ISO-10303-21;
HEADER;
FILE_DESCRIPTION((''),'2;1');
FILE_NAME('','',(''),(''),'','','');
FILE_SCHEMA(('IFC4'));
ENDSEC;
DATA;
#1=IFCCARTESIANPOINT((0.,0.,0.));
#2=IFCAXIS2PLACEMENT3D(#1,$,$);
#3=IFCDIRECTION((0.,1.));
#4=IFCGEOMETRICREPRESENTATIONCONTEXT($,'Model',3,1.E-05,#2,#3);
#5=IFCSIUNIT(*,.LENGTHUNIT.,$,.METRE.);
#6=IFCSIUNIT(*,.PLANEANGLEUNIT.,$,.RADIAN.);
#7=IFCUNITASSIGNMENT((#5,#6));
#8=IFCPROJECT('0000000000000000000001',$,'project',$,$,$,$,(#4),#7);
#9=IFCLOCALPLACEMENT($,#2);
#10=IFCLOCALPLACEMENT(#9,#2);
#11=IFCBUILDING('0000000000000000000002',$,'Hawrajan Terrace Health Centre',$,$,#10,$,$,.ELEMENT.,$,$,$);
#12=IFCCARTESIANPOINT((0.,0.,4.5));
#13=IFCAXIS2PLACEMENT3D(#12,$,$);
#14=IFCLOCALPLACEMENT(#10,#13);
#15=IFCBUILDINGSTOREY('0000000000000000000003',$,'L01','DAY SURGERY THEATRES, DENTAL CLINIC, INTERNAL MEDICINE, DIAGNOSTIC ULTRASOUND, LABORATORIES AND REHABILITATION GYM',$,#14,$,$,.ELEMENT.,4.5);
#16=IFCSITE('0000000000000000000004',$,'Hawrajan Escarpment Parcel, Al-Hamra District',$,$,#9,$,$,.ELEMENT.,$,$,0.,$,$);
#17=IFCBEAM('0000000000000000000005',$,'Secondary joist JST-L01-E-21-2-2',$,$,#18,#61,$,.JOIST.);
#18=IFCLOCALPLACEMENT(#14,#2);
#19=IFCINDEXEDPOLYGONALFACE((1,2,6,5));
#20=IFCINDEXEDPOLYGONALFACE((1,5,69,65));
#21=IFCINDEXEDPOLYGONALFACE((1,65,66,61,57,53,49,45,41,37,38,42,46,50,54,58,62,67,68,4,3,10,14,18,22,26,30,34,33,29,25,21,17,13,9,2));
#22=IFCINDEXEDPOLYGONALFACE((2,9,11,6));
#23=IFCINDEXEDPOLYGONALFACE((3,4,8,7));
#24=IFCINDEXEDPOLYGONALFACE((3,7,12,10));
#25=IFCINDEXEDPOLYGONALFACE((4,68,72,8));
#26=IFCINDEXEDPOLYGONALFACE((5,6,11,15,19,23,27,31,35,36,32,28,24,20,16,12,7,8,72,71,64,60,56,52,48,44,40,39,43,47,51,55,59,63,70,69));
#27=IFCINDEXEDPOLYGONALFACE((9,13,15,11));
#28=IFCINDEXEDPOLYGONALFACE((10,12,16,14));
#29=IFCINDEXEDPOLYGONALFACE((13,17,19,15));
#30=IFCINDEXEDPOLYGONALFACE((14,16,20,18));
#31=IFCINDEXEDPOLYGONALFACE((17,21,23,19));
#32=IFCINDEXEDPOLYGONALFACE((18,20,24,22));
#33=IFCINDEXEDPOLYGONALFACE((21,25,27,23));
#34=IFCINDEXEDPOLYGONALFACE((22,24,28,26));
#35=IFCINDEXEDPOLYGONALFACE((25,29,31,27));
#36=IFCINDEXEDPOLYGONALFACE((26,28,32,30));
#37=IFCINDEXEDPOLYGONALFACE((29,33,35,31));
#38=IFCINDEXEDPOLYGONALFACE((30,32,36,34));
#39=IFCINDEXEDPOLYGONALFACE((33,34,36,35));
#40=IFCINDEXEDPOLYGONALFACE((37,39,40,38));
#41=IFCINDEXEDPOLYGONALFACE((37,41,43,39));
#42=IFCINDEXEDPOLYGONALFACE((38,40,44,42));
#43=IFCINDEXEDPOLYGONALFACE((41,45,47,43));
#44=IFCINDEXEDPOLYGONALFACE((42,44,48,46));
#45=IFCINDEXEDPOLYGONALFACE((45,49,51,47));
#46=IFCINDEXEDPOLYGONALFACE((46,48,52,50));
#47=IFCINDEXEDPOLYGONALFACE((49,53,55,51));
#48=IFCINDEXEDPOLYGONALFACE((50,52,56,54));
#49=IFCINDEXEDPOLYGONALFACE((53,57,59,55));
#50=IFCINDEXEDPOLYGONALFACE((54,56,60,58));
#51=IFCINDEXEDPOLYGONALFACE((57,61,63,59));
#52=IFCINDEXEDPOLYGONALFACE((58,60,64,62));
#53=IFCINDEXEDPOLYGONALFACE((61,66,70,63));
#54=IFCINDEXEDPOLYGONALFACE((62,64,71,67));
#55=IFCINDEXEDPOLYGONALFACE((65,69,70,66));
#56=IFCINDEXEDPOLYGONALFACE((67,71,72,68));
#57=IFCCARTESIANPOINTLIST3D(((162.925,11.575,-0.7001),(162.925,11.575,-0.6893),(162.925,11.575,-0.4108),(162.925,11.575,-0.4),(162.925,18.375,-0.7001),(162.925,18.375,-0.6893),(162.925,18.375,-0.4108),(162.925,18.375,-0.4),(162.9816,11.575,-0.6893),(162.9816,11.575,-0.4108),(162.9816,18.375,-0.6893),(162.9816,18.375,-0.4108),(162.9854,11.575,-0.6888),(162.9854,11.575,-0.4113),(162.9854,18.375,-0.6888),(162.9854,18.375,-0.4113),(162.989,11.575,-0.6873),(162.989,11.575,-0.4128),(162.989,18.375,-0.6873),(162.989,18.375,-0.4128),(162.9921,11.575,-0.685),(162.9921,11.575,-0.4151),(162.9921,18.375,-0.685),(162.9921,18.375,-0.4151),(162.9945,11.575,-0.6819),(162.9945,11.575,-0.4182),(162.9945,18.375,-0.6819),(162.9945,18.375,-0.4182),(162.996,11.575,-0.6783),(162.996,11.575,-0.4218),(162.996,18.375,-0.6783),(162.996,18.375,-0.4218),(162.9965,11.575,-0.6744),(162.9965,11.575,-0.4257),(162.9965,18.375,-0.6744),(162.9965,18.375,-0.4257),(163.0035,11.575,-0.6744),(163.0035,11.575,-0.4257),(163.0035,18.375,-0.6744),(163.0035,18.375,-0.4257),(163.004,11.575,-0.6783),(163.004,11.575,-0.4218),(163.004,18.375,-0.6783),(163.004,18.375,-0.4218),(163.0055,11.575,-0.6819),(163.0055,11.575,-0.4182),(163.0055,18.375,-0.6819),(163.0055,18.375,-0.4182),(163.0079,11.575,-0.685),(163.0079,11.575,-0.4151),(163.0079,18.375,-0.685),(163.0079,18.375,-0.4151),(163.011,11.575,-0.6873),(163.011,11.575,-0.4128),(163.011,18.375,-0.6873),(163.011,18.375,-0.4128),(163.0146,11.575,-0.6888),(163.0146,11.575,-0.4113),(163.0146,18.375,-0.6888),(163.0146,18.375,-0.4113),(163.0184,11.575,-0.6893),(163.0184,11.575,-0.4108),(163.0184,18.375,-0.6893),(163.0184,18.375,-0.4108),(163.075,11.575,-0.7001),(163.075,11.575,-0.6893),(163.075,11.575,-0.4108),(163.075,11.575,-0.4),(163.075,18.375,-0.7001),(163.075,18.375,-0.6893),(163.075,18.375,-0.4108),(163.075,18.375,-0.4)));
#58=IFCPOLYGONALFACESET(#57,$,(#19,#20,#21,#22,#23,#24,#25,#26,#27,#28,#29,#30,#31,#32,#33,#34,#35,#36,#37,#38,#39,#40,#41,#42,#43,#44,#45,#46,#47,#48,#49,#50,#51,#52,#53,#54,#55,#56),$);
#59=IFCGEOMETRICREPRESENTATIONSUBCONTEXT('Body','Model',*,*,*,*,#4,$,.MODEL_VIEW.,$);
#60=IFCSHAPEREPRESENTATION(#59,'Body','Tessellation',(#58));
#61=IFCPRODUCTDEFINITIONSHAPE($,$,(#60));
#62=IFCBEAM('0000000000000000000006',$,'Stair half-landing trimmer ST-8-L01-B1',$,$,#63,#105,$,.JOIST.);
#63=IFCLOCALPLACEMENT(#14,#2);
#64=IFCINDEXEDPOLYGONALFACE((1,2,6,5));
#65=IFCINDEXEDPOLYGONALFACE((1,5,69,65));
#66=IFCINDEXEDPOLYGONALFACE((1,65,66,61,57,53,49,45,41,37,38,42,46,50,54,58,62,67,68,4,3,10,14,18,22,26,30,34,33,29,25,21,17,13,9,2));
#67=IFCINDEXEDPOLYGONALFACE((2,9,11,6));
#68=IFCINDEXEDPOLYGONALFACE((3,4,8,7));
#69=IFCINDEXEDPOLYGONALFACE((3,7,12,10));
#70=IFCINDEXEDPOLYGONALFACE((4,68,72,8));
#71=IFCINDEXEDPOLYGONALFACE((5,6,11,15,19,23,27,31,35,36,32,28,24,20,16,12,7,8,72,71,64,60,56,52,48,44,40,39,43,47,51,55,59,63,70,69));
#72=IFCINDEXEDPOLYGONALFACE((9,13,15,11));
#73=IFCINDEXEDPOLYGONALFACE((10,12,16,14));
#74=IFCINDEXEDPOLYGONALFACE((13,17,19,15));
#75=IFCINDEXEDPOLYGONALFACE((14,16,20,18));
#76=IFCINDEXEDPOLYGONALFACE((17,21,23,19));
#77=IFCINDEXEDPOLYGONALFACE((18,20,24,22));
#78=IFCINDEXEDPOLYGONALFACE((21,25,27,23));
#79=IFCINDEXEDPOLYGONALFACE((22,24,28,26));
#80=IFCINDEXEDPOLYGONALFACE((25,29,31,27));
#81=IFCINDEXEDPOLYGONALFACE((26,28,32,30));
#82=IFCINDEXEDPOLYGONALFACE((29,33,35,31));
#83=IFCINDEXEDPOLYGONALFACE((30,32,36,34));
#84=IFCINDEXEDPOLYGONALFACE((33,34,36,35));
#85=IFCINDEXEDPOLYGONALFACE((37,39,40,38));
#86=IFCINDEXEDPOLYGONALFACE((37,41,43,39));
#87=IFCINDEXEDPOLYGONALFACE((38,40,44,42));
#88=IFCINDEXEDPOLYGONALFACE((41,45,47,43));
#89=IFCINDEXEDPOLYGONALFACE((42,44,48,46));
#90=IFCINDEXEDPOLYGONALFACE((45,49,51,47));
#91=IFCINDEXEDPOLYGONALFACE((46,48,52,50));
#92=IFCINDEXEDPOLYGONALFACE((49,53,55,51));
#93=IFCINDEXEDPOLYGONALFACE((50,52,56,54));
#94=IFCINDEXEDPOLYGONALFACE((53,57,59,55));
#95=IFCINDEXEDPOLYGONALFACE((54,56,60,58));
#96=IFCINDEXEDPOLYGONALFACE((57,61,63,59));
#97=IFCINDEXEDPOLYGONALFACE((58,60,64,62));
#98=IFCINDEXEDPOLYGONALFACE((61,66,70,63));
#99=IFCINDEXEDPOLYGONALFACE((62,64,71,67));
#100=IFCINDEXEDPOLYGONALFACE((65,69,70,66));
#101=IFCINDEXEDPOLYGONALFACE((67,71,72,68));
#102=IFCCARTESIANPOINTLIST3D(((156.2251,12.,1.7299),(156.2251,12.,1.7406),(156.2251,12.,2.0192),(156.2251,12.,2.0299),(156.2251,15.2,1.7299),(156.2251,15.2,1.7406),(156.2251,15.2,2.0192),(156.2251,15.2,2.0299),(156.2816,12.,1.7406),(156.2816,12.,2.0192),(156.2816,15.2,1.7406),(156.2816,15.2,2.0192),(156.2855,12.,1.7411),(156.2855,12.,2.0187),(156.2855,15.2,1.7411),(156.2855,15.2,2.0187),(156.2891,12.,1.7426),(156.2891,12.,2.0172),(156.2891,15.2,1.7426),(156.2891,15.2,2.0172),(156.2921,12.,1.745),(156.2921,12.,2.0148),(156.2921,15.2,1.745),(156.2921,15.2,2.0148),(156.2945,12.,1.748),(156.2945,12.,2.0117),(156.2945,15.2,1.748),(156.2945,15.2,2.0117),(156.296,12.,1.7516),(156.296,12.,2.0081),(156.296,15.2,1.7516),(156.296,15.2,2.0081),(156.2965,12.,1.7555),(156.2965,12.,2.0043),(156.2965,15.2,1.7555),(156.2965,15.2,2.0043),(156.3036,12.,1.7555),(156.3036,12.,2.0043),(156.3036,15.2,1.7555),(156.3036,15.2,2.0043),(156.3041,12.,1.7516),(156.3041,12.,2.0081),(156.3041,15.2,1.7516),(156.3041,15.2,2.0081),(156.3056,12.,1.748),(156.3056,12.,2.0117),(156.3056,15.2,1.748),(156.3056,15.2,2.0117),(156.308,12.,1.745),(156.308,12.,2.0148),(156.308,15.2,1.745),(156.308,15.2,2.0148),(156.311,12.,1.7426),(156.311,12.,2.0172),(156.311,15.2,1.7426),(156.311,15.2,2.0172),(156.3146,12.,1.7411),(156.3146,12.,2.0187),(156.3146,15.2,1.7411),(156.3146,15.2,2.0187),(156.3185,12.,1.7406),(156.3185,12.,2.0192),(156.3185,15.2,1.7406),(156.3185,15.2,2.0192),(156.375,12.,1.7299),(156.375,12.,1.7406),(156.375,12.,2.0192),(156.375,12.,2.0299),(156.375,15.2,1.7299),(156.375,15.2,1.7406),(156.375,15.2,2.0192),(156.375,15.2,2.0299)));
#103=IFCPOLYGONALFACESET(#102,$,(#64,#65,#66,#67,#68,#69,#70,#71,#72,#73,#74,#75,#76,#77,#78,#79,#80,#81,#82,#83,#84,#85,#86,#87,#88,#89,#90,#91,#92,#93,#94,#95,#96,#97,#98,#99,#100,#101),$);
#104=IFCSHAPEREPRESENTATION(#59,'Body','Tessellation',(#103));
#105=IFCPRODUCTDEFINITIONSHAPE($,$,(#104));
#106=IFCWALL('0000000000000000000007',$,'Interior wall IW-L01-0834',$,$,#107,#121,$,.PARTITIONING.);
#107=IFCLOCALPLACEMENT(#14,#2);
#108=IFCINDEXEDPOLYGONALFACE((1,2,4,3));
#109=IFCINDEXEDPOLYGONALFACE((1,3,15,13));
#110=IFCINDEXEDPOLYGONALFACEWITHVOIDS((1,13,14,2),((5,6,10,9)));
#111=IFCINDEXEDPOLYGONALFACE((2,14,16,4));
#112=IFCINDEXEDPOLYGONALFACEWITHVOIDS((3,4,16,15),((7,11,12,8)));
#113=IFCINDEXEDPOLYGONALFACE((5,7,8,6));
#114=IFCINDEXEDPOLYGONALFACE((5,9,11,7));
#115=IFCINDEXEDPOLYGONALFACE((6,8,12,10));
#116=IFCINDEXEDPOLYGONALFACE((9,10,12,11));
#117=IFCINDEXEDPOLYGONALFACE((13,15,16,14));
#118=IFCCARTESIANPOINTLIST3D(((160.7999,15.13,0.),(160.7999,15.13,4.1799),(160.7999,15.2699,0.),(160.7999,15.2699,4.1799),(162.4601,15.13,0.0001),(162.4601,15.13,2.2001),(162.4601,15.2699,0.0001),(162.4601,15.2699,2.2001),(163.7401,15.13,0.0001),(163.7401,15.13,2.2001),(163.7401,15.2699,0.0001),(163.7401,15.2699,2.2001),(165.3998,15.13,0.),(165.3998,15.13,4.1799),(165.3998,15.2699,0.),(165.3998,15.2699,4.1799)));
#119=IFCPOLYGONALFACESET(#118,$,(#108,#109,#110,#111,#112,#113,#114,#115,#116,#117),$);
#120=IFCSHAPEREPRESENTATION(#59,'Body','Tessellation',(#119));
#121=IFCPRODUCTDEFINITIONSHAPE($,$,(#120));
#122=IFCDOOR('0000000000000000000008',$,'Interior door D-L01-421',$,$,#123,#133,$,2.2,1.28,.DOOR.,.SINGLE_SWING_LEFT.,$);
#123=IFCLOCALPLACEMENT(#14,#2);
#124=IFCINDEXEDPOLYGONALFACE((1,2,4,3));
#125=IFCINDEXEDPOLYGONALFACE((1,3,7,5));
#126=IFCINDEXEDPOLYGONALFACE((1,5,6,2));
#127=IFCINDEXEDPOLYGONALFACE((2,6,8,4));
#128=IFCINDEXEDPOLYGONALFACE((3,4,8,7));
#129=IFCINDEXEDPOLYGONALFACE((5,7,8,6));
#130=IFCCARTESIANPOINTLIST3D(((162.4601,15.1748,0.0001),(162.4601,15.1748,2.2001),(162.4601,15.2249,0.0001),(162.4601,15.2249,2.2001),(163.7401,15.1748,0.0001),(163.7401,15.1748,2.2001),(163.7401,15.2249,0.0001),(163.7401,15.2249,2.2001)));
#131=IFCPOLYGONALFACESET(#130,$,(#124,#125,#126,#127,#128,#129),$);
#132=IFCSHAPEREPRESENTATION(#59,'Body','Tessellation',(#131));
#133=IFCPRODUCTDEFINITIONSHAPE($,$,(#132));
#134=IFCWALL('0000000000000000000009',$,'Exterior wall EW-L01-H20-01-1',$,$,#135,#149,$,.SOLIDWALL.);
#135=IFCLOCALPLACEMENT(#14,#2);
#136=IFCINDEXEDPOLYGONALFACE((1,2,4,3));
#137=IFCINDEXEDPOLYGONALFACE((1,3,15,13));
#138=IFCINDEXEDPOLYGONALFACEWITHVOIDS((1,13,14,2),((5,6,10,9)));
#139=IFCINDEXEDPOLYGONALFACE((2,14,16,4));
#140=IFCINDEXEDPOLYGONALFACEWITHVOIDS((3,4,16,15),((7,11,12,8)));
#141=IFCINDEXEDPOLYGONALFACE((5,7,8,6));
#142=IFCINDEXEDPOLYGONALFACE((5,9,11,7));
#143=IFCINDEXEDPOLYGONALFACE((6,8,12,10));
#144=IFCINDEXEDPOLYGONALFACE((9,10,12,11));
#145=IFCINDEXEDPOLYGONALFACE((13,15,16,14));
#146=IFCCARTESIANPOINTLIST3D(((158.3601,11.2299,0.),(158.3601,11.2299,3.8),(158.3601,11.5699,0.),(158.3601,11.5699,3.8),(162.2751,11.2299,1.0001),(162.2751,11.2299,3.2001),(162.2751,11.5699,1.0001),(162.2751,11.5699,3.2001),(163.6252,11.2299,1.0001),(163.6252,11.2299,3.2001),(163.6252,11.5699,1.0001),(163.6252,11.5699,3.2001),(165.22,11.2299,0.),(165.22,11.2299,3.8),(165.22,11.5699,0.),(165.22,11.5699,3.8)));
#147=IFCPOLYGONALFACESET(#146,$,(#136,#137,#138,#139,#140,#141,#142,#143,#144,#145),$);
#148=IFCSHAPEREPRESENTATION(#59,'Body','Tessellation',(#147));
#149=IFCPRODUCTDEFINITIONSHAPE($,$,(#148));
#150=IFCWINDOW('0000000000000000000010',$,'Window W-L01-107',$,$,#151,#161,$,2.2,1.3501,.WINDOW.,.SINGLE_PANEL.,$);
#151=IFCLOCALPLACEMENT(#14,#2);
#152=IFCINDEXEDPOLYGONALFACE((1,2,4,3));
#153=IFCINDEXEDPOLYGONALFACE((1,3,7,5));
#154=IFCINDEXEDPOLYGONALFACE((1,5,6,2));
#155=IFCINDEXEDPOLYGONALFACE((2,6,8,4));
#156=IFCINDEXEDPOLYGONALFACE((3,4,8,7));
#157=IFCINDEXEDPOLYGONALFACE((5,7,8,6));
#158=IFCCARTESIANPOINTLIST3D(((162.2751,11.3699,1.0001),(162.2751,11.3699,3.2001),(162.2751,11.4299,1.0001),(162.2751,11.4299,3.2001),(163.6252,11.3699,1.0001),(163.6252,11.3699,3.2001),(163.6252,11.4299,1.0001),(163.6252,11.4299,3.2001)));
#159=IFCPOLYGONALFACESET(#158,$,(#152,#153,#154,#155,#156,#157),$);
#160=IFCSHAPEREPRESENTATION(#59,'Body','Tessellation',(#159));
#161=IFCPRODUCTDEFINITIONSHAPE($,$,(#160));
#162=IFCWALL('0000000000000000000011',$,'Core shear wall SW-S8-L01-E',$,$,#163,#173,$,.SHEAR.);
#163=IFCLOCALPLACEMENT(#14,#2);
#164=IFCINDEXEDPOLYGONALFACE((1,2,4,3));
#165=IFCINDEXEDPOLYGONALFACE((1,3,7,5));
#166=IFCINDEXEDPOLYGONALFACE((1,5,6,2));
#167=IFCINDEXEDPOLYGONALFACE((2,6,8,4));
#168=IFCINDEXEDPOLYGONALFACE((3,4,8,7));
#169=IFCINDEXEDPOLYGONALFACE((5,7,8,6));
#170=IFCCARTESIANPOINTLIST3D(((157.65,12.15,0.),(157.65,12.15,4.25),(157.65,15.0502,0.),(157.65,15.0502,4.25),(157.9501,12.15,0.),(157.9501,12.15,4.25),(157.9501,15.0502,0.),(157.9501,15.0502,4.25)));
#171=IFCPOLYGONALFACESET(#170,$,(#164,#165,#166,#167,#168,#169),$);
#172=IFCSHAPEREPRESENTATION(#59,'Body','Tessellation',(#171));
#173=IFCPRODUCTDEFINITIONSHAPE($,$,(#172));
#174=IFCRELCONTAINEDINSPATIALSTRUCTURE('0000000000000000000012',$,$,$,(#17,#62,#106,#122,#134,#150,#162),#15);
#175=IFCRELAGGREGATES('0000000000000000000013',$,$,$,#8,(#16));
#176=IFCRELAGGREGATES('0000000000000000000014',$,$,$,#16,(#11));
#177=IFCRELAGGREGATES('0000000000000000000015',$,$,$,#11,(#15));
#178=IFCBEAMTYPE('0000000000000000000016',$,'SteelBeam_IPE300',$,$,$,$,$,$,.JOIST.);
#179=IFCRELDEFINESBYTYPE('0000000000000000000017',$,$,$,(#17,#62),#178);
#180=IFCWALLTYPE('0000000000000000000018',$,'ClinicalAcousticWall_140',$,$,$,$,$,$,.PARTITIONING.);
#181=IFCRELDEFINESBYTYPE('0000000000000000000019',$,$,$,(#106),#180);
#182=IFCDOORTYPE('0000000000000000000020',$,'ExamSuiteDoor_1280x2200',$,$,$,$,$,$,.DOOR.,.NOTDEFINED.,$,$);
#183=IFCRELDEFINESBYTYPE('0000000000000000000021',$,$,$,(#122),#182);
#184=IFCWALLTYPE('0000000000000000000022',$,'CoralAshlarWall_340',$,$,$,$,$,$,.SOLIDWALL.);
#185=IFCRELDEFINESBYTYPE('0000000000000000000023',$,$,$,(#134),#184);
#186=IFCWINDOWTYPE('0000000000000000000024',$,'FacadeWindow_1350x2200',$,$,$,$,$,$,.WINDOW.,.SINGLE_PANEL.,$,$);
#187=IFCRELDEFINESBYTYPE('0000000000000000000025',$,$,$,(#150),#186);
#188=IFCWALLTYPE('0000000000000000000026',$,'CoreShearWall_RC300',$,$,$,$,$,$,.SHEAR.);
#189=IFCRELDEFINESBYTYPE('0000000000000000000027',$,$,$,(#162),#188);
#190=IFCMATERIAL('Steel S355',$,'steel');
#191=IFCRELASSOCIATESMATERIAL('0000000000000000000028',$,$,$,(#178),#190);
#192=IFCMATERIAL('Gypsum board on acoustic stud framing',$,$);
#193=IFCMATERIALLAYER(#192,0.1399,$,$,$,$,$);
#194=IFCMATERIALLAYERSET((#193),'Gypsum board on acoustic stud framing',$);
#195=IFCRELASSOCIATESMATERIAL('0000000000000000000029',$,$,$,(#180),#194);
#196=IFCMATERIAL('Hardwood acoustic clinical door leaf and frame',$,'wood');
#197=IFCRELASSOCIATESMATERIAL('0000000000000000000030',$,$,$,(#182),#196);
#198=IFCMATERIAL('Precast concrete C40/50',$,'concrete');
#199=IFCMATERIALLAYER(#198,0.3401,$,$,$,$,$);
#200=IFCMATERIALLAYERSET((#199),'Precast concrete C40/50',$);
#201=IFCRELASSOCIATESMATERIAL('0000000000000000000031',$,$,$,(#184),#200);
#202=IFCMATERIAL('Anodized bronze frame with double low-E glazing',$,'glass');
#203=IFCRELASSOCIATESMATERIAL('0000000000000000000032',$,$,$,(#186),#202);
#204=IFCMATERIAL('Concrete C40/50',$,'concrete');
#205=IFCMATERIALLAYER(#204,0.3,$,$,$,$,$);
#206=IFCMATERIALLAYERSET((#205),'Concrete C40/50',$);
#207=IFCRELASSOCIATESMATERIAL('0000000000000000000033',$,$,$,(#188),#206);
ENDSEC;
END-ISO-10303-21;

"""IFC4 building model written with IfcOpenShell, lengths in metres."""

from ifc_helpers import new_model, si_unit, direction, frame, frame_2d, origin, origin_2d, place, context, subcontext, project, spatial, rectangle, i_section, extrude, material, layer, layer_set, material_profile, profile_set, type_object, element, fill, save


model = new_model("IFC4")

# Units and contexts
model_context = context("Model", 3, precision=1e-05, world=origin(), true_north=direction((0.0, 1.0)))
body_context = subcontext(model_context, "Body", "Model", "MODEL_VIEW")
ifc_project = project(units=[si_unit("LENGTHUNIT", "METRE"), si_unit("PLANEANGLEUNIT", "RADIAN")], contexts=[model_context])

# Site, building, storey
site_placement = place(None, origin())
site = spatial("IfcSite", under=ifc_project, at=site_placement, Name="Hawrajan Escarpment Parcel, Al-Hamra District", CompositionType="ELEMENT", RefElevation=0.0)
building_placement = place(site_placement, origin())
building = spatial("IfcBuilding", under=site, at=building_placement, Name="Hawrajan Terrace Health Centre", CompositionType="ELEMENT")
storey_placement = place(building_placement, frame((0.0, 0.0, 4.5)))
storey = spatial("IfcBuildingStorey", under=building, at=storey_placement, Name="L01", Description="DAY SURGERY THEATRES, DENTAL CLINIC, INTERNAL MEDICINE, DIAGNOSTIC ULTRASOUND, LABORATORIES AND REHABILITATION GYM", CompositionType="ELEMENT", Elevation=4.5)

# Beams
ifc_material_1 = material(Name="Concrete C40/50", Category="concrete")
ifc_material_2 = material(Name="Steel S355", Category="steel")
ifc_material_profile_1 = material_profile(ifc_material_2, i_section(OverallWidth=0.1499, OverallDepth=0.3, WebThickness=0.0071, FlangeThickness=0.0107, FilletRadius=0.0149, at=origin_2d()), Name="IPE 300")
ifc_profile_set_1 = profile_set([ifc_material_profile_1], Name="Steel S355")
beam_type_1 = type_object("IfcBeamType", Name="SteelBeam_IPE300", PredefinedType="JOIST", material=ifc_profile_set_1)
for number, where, z_axis, x_axis, name in (
    (1, (163.0, 11.575, -0.55), (0.0, 1.0, 0.0), (-1.0, 0.0, 0.0), "Secondary joist JST-L01-E-21-2-2"),
):
    element("IfcBeam", number, at=place(storey_placement, frame(where, z_axis=z_axis, x_axis=x_axis)), inside=storey, type_object=beam_type_1, Name=name, PredefinedType="JOIST", context=body_context, shape_type="SweptSolid", body=[
        extrude(i_section(OverallWidth=0.1499, OverallDepth=0.3, WebThickness=0.0071, FlangeThickness=0.0107, FilletRadius=0.0149, at=origin_2d()), origin(), (0.0, 0.0, 1.0), 6.8),
    ])
beam_1_placement = place(storey_placement, frame((156.3, 12.0, 1.8799), z_axis=(0.0, 1.0, 0.0), x_axis=(-1.0, 0.0, 0.0)))
element("IfcBeam", 2, at=beam_1_placement, inside=storey, type_object=beam_type_1, Name="Stair half-landing trimmer ST-8-L01-B1", PredefinedType="JOIST", context=body_context, shape_type="SweptSolid", body=[
    extrude(i_section(OverallWidth=0.1499, OverallDepth=0.3, WebThickness=0.0071, FlangeThickness=0.0107, FilletRadius=0.0149, at=origin_2d()), origin(), (0.0, 0.0, 1.0), 3.2),
])

# Wall, opening, door
ifc_material_3 = material(Name="Gypsum board on acoustic stud framing")
ifc_layer_1 = layer(ifc_material_3, 0.1399)
ifc_layer_set_1 = layer_set([ifc_layer_1], Name="Gypsum board on acoustic stud framing")
wall_type_1 = type_object("IfcWallType", Name="ClinicalAcousticWall_140", PredefinedType="PARTITIONING", material=ifc_layer_set_1)
ifc_material_4 = material(Name="Hardwood acoustic clinical door leaf and frame", Category="wood")
wall_1_placement = place(storey_placement, frame((160.8, 15.2, 0.0), z_axis=(0.0, 0.0, 1.0), x_axis=(1.0, 0.0, 0.0)))
wall_1 = element("IfcWall", 3, at=wall_1_placement, inside=storey, type_object=wall_type_1, Name="Interior wall IW-L01-0834", PredefinedType="PARTITIONING", context=body_context, shape_type="SweptSolid", body=[
    extrude(rectangle(XDim=4.5999, YDim=0.1399, at=frame_2d((2.2998, 0.0))), origin(), (0.0, 0.0, 1.0), 4.1799),
])
opening_1_placement = place(wall_1_placement, frame((1.6599, 0.0, 0.0)))
opening_1 = element("IfcOpeningElement", 4, at=opening_1_placement, cuts=wall_1, PredefinedType="OPENING", context=body_context, shape_type="SweptSolid", body=[
    extrude(rectangle(XDim=1.28, YDim=2.2, at=frame_2d((0.6401, 1.1001))), frame((0.0, 0.0798, 0.0), z_axis=(0.0, -1.0, 0.0), x_axis=(1.0, 0.0, 0.0)), (0.0, 0.0, 1.0), 0.1599),
])
door_type_1 = type_object("IfcDoorType", Name="ExamSuiteDoor_1280x2200", OperationType="NOTDEFINED", PredefinedType="DOOR", material=ifc_material_4)
door_1_placement = place(opening_1_placement, origin())
door_1 = element("IfcDoor", 5, at=door_1_placement, inside=storey, type_object=door_type_1, Name="Interior door D-L01-421", OperationType="SINGLE_SWING_LEFT", OverallHeight=2.2, OverallWidth=1.28, PredefinedType="DOOR", context=body_context, shape_type="SweptSolid", body=[
    extrude(rectangle(XDim=1.28, YDim=2.2, at=frame_2d((0.6401, 1.1001))), frame((0.0, 0.0249, 0.0), z_axis=(0.0, -1.0, 0.0), x_axis=(1.0, 0.0, 0.0)), (0.0, 0.0, 1.0), 0.05),
])
fill(opening_1, door_1)

# Wall, opening, window
ifc_material_5 = material(Name="Precast concrete C40/50", Category="concrete")
ifc_layer_2 = layer(ifc_material_5, 0.3401)
ifc_layer_set_2 = layer_set([ifc_layer_2], Name="Precast concrete C40/50")
wall_type_2 = type_object("IfcWallType", Name="CoralAshlarWall_340", PredefinedType="SOLIDWALL", material=ifc_layer_set_2)
wall_2_placement = place(storey_placement, frame((158.3601, 11.3999, 0.0), z_axis=(0.0, 0.0, 1.0), x_axis=(1.0, 0.0, 0.0)))
wall_2 = element("IfcWall", 6, at=wall_2_placement, inside=storey, type_object=wall_type_2, Name="Exterior wall EW-L01-H20-01-1", PredefinedType="SOLIDWALL", context=body_context, shape_type="SweptSolid", body=[
    extrude(rectangle(XDim=6.8599, YDim=0.3401, at=frame_2d((3.4299, 0.0))), origin(), (0.0, 0.0, 1.0), 3.8),
])
opening_2_placement = place(wall_2_placement, frame((3.915, 0.0, 1.0)))
opening_2 = element("IfcOpeningElement", 7, at=opening_2_placement, cuts=wall_2, PredefinedType="OPENING", context=body_context, shape_type="SweptSolid", body=[
    extrude(rectangle(XDim=1.3501, YDim=2.2, at=frame_2d((0.675, 1.1001))), frame((0.0, 0.1799, 0.0), z_axis=(0.0, -1.0, 0.0), x_axis=(1.0, 0.0, 0.0)), (0.0, 0.0, 1.0), 0.3601),
])
ifc_material_6 = material(Name="Anodized bronze frame with double low-E glazing", Category="glass")
window_type = type_object("IfcWindowType", Name="FacadeWindow_1350x2200", PartitioningType="SINGLE_PANEL", PredefinedType="WINDOW", material=ifc_material_6)
window_placement = place(opening_2_placement, origin())
window = element("IfcWindow", 8, at=window_placement, inside=storey, type_object=window_type, Name="Window W-L01-107", OverallHeight=2.2, OverallWidth=1.3501, PartitioningType="SINGLE_PANEL", PredefinedType="WINDOW", context=body_context, shape_type="SweptSolid", body=[
    extrude(rectangle(XDim=1.3501, YDim=2.2, at=frame_2d((0.675, 1.1001))), frame((0.0, 0.03, 0.0), z_axis=(0.0, -1.0, 0.0), x_axis=(1.0, 0.0, 0.0)), (0.0, 0.0, 1.0), 0.0601),
])
fill(opening_2, window)

# Wall
ifc_layer_3 = layer(ifc_material_1, 0.3)
ifc_layer_set_3 = layer_set([ifc_layer_3], Name="Concrete C40/50")
wall_type_3 = type_object("IfcWallType", Name="CoreShearWall_RC300", PredefinedType="SHEAR", material=ifc_layer_set_3)
wall_3_placement = place(storey_placement, frame((157.8, 12.1499, 0.0), z_axis=(0.0, 0.0, 1.0), x_axis=(0.0, 1.0, 0.0)))
element("IfcWall", 9, at=wall_3_placement, inside=storey, type_object=wall_type_3, Name="Core shear wall SW-S8-L01-E", PredefinedType="SHEAR", context=body_context, shape_type="SweptSolid", body=[
    extrude(rectangle(XDim=2.9001, YDim=0.3, at=frame_2d((1.4502, 0.0))), origin(), (0.0, 0.0, 1.0), 4.25),
])

save(model, "model.ifc")
